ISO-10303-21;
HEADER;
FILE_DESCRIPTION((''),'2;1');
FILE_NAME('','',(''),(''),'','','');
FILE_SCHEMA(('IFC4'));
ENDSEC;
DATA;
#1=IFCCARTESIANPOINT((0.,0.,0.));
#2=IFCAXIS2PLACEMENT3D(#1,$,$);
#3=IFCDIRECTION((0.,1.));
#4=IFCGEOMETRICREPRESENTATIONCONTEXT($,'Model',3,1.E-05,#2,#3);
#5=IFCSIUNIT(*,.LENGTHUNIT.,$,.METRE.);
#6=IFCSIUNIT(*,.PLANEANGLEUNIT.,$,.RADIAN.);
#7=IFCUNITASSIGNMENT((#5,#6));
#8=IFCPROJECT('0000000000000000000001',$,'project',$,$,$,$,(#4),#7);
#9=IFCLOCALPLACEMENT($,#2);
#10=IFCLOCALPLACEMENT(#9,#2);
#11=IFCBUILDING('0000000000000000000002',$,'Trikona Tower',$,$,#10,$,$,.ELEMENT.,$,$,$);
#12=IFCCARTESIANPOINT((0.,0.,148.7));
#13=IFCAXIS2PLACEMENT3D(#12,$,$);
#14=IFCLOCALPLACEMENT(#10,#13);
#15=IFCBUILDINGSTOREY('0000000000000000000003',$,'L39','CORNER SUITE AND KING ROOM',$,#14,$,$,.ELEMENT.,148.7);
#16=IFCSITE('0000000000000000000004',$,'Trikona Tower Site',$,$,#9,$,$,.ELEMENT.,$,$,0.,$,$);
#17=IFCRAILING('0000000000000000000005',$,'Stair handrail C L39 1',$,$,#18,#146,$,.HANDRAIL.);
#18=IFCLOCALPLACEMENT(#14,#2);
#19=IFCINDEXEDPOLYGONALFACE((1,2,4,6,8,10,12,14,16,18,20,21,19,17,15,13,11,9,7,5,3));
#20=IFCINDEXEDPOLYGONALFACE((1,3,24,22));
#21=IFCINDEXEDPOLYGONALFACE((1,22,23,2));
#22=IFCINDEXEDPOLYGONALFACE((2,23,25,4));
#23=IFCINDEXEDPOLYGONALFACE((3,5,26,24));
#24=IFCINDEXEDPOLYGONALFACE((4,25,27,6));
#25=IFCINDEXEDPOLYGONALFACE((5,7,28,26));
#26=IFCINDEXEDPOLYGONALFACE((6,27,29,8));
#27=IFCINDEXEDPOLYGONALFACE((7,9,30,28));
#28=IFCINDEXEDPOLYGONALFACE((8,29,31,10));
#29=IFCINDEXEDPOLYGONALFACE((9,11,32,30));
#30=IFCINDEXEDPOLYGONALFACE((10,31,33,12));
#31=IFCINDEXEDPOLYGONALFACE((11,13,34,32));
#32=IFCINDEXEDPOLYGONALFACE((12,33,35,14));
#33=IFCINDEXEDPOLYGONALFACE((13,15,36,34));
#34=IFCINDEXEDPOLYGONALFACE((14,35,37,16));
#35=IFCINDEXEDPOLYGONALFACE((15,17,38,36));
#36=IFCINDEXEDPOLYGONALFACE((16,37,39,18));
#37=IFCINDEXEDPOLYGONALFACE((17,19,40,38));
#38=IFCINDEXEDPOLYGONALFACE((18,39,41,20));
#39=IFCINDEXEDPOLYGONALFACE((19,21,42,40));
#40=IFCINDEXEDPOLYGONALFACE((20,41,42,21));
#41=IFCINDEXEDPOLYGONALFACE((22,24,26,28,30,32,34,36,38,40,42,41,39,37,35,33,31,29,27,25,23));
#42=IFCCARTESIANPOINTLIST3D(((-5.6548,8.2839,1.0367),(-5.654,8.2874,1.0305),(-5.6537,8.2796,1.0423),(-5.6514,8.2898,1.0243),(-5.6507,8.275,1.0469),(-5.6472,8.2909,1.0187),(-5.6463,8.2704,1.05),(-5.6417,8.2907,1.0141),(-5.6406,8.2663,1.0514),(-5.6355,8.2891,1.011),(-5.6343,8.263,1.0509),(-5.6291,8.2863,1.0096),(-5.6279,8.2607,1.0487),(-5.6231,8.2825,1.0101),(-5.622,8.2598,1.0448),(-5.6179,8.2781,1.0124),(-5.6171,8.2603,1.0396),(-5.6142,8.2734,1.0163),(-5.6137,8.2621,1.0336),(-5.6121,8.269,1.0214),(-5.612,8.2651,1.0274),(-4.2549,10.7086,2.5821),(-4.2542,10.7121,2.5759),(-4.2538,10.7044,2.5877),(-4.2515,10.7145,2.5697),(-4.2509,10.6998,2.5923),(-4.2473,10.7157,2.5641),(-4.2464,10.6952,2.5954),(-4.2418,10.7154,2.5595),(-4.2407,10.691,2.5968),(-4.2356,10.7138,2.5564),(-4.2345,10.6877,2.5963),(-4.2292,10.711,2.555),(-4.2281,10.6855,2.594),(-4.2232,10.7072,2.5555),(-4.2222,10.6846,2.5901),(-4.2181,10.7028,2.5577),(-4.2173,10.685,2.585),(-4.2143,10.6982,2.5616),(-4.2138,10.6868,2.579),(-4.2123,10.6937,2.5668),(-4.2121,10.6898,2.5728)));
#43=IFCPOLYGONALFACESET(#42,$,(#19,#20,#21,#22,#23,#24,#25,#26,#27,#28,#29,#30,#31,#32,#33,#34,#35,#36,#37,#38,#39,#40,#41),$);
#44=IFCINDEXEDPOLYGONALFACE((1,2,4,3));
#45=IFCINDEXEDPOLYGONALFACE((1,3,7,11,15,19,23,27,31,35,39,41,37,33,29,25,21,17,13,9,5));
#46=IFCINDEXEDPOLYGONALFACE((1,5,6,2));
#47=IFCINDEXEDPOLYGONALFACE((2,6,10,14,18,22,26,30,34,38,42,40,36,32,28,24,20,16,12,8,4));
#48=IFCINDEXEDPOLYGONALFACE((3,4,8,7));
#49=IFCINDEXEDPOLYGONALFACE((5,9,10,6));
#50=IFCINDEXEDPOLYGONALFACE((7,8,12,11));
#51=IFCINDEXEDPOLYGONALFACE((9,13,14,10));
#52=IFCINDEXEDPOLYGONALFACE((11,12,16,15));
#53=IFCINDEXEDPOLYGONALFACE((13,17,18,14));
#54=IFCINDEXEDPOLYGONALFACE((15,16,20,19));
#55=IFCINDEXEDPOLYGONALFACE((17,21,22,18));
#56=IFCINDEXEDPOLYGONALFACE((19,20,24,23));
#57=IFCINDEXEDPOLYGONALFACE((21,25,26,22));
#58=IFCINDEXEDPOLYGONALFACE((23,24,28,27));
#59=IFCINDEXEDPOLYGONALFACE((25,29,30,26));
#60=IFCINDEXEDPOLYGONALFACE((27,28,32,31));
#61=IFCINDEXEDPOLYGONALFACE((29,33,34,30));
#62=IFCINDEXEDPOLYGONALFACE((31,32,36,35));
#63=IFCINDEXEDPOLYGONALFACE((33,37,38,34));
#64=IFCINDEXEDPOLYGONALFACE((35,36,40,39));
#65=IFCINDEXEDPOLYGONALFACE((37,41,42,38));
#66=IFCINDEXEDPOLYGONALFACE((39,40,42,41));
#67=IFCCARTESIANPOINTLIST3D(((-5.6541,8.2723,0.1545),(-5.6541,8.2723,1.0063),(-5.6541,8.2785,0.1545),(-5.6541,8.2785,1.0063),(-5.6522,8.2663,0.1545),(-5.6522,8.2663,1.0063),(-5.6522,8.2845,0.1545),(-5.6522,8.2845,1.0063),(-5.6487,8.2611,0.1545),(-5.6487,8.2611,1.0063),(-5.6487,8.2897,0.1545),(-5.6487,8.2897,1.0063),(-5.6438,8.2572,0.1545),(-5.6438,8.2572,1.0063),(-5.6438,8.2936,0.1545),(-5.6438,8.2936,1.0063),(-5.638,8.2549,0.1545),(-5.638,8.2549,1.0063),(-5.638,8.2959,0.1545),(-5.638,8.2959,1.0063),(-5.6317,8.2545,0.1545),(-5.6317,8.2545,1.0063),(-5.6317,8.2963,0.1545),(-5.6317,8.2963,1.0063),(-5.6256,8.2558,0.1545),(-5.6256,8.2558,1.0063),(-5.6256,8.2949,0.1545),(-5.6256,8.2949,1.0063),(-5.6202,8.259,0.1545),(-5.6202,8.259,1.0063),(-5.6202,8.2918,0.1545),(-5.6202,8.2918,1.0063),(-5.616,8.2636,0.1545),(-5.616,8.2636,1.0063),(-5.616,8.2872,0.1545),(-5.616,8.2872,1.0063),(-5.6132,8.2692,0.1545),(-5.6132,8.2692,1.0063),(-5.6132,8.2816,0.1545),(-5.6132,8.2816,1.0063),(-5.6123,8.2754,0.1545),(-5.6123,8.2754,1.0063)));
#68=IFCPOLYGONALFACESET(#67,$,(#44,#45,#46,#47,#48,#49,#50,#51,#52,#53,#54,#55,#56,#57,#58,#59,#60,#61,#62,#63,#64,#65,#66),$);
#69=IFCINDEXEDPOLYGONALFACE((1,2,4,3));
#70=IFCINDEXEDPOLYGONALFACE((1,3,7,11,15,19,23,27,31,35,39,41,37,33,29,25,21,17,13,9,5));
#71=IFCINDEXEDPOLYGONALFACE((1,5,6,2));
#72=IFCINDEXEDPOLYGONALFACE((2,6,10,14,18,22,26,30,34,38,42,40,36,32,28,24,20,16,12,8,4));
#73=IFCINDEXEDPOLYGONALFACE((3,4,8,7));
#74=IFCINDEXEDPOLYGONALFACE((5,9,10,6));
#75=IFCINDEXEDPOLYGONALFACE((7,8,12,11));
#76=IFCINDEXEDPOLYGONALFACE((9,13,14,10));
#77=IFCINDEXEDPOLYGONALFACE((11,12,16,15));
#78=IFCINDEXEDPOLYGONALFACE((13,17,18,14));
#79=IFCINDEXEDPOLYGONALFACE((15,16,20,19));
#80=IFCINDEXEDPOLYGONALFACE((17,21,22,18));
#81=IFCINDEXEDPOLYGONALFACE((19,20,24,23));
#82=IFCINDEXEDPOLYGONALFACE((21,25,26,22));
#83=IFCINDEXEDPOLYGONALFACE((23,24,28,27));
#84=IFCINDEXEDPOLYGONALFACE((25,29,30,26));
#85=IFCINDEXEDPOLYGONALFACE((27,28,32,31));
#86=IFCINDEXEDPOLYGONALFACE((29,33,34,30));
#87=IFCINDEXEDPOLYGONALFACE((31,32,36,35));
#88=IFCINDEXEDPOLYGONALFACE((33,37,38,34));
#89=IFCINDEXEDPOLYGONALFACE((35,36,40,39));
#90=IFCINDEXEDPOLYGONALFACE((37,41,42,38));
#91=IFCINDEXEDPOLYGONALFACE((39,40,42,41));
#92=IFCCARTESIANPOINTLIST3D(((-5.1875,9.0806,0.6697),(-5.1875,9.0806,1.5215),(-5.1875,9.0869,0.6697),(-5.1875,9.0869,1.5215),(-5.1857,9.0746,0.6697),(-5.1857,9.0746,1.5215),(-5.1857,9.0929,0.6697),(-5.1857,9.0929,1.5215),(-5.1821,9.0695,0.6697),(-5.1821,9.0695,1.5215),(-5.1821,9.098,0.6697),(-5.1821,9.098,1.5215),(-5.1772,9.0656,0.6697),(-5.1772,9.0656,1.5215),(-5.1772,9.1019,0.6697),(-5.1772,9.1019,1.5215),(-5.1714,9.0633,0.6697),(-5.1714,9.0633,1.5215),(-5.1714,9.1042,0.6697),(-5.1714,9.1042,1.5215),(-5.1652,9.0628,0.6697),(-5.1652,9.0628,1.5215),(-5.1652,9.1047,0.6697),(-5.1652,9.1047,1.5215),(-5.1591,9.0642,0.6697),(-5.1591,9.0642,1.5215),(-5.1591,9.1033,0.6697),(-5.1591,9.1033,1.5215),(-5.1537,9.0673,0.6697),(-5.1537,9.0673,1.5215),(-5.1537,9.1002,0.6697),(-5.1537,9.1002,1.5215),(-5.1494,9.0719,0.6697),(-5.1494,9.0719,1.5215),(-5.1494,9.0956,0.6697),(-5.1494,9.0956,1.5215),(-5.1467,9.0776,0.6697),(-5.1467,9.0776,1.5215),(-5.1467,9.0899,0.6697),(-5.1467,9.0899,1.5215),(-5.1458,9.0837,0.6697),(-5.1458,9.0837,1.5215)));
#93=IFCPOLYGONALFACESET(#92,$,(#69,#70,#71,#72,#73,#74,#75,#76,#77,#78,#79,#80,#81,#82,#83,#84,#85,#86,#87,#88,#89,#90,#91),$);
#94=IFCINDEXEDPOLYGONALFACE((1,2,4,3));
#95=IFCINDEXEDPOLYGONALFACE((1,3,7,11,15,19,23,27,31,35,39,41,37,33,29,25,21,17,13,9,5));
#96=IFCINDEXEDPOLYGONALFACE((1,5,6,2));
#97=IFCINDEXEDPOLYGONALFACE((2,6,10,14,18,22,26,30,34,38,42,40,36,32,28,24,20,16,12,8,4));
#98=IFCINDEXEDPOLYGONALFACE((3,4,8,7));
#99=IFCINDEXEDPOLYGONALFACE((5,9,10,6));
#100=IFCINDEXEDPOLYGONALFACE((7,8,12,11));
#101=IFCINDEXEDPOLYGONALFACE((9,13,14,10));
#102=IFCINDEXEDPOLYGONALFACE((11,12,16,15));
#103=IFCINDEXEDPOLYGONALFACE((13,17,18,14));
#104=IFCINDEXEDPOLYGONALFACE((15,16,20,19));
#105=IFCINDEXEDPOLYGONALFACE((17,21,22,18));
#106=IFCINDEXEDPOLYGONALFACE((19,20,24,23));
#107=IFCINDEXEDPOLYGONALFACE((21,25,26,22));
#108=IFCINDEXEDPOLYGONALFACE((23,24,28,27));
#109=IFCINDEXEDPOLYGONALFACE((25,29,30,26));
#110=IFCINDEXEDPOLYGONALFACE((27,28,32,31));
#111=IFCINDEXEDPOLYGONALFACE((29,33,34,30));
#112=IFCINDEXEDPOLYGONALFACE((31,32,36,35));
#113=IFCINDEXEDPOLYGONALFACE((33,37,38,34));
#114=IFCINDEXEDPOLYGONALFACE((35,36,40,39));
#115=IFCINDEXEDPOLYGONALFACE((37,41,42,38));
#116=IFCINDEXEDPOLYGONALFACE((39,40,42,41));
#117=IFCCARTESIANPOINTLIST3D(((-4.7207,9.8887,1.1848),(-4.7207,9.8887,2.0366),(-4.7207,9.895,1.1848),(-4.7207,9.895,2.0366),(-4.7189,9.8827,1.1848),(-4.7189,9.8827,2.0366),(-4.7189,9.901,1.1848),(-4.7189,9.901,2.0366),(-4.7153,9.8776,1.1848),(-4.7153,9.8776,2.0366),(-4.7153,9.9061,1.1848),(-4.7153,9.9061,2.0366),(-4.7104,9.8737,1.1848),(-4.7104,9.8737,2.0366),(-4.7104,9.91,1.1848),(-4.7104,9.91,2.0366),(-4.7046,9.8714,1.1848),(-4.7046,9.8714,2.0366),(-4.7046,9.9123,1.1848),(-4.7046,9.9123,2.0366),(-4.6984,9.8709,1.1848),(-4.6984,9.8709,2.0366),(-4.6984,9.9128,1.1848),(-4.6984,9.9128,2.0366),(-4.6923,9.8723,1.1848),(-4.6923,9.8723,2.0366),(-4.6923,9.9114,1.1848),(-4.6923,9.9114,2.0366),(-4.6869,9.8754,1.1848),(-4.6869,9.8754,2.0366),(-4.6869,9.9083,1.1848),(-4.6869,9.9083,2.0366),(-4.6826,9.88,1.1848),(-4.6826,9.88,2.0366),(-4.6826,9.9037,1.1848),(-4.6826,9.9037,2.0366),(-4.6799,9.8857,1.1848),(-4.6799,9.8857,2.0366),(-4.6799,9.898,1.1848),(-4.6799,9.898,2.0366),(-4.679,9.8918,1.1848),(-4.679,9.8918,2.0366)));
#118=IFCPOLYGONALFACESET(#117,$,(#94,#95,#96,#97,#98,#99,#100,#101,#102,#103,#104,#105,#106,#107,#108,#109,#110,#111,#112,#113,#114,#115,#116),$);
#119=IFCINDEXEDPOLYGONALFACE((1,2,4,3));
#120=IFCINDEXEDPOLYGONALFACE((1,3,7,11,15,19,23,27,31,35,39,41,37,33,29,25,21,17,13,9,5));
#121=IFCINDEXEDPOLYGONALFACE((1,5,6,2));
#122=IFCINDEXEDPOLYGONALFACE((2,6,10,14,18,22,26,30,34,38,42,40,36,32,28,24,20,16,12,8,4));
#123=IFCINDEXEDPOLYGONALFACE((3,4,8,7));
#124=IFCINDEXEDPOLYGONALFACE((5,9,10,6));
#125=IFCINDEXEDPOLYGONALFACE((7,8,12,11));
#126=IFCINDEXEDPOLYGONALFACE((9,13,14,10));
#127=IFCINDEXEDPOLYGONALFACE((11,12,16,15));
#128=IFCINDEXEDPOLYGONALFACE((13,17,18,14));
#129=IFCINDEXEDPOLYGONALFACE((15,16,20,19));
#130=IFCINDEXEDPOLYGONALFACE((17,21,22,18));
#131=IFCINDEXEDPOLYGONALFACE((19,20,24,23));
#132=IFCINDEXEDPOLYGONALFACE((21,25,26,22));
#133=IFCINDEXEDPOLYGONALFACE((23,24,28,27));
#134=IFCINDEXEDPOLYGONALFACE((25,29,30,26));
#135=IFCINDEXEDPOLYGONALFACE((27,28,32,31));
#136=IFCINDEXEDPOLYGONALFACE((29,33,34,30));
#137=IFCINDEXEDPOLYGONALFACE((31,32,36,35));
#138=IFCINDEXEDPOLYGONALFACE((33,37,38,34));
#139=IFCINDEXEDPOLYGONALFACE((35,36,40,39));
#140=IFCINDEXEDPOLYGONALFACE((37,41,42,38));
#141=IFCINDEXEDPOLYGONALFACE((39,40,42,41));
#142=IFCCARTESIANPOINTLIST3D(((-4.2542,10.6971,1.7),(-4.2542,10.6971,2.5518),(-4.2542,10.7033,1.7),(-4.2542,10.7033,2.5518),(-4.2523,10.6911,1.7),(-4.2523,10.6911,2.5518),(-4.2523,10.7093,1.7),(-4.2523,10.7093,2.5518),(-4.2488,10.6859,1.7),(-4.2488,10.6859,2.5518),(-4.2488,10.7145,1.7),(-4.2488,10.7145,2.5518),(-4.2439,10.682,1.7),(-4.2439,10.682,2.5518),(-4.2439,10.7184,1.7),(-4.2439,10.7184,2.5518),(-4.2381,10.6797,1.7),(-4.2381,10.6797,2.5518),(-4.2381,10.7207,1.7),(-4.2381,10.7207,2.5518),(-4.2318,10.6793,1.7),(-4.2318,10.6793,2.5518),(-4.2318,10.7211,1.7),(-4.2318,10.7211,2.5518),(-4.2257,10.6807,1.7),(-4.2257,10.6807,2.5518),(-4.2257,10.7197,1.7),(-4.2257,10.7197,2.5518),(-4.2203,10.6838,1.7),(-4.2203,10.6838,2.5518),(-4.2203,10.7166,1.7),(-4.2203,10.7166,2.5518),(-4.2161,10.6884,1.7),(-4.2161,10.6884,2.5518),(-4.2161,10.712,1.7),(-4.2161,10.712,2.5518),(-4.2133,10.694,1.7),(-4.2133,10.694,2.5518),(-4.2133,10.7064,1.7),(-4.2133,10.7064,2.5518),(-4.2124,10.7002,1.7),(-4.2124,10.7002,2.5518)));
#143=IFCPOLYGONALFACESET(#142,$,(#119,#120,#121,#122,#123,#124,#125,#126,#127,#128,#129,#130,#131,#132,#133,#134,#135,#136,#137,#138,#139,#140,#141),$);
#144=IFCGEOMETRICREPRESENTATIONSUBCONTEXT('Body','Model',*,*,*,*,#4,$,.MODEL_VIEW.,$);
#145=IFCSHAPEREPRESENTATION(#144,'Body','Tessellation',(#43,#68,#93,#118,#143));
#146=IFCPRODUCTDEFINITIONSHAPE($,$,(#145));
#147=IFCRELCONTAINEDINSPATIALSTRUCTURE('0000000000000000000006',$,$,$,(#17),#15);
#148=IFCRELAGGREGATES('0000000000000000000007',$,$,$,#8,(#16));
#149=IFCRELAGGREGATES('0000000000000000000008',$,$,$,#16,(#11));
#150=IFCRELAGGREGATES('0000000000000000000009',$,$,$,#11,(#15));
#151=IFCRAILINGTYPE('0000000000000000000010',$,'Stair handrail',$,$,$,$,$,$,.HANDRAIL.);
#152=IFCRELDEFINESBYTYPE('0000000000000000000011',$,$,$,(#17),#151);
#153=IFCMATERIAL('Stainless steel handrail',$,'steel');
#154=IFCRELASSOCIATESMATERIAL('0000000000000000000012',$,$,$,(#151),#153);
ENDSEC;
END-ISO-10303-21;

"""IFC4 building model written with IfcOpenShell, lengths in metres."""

from ifc_helpers import new_model, si_unit, direction, frame, origin, origin_2d, place, context, subcontext, project, spatial, circle, extrude, material, type_object, element, save


model = new_model("IFC4")

# Units and contexts
model_context = context("Model", 3, precision=1e-05, world=origin(), true_north=direction((0.0, 1.0)))
body_context = subcontext(model_context, "Body", "Model", "MODEL_VIEW")
ifc_project = project(units=[si_unit("LENGTHUNIT", "METRE"), si_unit("PLANEANGLEUNIT", "RADIAN")], contexts=[model_context])

# Site, building, storey
site_placement = place(None, origin())
site = spatial("IfcSite", under=ifc_project, at=site_placement, Name="Trikona Tower Site", CompositionType="ELEMENT", RefElevation=0.0)
building_placement = place(site_placement, origin())
building = spatial("IfcBuilding", under=site, at=building_placement, Name="Trikona Tower", CompositionType="ELEMENT")
storey_placement = place(building_placement, frame((0.0, 0.0, 148.7)))
storey = spatial("IfcBuildingStorey", under=building, at=storey_placement, Name="L39", Description="CORNER SUITE AND KING ROOM", CompositionType="ELEMENT", Elevation=148.7)

# Railing
ifc_material_1 = material(Name="Stainless steel handrail", Category="steel")
railing_type = type_object("IfcRailingType", Name="Stair handrail", PredefinedType="HANDRAIL", material=ifc_material_1)
railing_1_placement = place(storey_placement, frame((-5.6333, 8.2754, 0.1545)))
element("IfcRailing", 1, at=railing_1_placement, inside=storey, type_object=railing_type, Name="Stair handrail C L39 1", PredefinedType="HANDRAIL", context=body_context, shape_type="SweptSolid", body=[
    extrude(circle(Radius=0.0239, at=origin_2d()), frame((0.0, 0.0, 0.876), z_axis=(0.437733, 0.758207, 0.483231), x_axis=(-0.866035, 0.499984, 0.0)), (0.0, 0.0, 1.0), 3.198),
    extrude(circle(Radius=0.021, at=origin_2d()), origin(), (0.0, 0.0, 1.0), 0.8518),
    extrude(circle(Radius=0.021, at=origin_2d()), frame((0.4666, 0.8083, 0.5151)), (0.0, 0.0, 1.0), 0.8518),
    extrude(circle(Radius=0.021, at=origin_2d()), frame((0.9333, 1.6165, 1.0303)), (0.0, 0.0, 1.0), 0.8518),
    extrude(circle(Radius=0.021, at=origin_2d()), frame((1.3999, 2.4248, 1.5454)), (0.0, 0.0, 1.0), 0.8518),
])

save(model, "model.ifc")
